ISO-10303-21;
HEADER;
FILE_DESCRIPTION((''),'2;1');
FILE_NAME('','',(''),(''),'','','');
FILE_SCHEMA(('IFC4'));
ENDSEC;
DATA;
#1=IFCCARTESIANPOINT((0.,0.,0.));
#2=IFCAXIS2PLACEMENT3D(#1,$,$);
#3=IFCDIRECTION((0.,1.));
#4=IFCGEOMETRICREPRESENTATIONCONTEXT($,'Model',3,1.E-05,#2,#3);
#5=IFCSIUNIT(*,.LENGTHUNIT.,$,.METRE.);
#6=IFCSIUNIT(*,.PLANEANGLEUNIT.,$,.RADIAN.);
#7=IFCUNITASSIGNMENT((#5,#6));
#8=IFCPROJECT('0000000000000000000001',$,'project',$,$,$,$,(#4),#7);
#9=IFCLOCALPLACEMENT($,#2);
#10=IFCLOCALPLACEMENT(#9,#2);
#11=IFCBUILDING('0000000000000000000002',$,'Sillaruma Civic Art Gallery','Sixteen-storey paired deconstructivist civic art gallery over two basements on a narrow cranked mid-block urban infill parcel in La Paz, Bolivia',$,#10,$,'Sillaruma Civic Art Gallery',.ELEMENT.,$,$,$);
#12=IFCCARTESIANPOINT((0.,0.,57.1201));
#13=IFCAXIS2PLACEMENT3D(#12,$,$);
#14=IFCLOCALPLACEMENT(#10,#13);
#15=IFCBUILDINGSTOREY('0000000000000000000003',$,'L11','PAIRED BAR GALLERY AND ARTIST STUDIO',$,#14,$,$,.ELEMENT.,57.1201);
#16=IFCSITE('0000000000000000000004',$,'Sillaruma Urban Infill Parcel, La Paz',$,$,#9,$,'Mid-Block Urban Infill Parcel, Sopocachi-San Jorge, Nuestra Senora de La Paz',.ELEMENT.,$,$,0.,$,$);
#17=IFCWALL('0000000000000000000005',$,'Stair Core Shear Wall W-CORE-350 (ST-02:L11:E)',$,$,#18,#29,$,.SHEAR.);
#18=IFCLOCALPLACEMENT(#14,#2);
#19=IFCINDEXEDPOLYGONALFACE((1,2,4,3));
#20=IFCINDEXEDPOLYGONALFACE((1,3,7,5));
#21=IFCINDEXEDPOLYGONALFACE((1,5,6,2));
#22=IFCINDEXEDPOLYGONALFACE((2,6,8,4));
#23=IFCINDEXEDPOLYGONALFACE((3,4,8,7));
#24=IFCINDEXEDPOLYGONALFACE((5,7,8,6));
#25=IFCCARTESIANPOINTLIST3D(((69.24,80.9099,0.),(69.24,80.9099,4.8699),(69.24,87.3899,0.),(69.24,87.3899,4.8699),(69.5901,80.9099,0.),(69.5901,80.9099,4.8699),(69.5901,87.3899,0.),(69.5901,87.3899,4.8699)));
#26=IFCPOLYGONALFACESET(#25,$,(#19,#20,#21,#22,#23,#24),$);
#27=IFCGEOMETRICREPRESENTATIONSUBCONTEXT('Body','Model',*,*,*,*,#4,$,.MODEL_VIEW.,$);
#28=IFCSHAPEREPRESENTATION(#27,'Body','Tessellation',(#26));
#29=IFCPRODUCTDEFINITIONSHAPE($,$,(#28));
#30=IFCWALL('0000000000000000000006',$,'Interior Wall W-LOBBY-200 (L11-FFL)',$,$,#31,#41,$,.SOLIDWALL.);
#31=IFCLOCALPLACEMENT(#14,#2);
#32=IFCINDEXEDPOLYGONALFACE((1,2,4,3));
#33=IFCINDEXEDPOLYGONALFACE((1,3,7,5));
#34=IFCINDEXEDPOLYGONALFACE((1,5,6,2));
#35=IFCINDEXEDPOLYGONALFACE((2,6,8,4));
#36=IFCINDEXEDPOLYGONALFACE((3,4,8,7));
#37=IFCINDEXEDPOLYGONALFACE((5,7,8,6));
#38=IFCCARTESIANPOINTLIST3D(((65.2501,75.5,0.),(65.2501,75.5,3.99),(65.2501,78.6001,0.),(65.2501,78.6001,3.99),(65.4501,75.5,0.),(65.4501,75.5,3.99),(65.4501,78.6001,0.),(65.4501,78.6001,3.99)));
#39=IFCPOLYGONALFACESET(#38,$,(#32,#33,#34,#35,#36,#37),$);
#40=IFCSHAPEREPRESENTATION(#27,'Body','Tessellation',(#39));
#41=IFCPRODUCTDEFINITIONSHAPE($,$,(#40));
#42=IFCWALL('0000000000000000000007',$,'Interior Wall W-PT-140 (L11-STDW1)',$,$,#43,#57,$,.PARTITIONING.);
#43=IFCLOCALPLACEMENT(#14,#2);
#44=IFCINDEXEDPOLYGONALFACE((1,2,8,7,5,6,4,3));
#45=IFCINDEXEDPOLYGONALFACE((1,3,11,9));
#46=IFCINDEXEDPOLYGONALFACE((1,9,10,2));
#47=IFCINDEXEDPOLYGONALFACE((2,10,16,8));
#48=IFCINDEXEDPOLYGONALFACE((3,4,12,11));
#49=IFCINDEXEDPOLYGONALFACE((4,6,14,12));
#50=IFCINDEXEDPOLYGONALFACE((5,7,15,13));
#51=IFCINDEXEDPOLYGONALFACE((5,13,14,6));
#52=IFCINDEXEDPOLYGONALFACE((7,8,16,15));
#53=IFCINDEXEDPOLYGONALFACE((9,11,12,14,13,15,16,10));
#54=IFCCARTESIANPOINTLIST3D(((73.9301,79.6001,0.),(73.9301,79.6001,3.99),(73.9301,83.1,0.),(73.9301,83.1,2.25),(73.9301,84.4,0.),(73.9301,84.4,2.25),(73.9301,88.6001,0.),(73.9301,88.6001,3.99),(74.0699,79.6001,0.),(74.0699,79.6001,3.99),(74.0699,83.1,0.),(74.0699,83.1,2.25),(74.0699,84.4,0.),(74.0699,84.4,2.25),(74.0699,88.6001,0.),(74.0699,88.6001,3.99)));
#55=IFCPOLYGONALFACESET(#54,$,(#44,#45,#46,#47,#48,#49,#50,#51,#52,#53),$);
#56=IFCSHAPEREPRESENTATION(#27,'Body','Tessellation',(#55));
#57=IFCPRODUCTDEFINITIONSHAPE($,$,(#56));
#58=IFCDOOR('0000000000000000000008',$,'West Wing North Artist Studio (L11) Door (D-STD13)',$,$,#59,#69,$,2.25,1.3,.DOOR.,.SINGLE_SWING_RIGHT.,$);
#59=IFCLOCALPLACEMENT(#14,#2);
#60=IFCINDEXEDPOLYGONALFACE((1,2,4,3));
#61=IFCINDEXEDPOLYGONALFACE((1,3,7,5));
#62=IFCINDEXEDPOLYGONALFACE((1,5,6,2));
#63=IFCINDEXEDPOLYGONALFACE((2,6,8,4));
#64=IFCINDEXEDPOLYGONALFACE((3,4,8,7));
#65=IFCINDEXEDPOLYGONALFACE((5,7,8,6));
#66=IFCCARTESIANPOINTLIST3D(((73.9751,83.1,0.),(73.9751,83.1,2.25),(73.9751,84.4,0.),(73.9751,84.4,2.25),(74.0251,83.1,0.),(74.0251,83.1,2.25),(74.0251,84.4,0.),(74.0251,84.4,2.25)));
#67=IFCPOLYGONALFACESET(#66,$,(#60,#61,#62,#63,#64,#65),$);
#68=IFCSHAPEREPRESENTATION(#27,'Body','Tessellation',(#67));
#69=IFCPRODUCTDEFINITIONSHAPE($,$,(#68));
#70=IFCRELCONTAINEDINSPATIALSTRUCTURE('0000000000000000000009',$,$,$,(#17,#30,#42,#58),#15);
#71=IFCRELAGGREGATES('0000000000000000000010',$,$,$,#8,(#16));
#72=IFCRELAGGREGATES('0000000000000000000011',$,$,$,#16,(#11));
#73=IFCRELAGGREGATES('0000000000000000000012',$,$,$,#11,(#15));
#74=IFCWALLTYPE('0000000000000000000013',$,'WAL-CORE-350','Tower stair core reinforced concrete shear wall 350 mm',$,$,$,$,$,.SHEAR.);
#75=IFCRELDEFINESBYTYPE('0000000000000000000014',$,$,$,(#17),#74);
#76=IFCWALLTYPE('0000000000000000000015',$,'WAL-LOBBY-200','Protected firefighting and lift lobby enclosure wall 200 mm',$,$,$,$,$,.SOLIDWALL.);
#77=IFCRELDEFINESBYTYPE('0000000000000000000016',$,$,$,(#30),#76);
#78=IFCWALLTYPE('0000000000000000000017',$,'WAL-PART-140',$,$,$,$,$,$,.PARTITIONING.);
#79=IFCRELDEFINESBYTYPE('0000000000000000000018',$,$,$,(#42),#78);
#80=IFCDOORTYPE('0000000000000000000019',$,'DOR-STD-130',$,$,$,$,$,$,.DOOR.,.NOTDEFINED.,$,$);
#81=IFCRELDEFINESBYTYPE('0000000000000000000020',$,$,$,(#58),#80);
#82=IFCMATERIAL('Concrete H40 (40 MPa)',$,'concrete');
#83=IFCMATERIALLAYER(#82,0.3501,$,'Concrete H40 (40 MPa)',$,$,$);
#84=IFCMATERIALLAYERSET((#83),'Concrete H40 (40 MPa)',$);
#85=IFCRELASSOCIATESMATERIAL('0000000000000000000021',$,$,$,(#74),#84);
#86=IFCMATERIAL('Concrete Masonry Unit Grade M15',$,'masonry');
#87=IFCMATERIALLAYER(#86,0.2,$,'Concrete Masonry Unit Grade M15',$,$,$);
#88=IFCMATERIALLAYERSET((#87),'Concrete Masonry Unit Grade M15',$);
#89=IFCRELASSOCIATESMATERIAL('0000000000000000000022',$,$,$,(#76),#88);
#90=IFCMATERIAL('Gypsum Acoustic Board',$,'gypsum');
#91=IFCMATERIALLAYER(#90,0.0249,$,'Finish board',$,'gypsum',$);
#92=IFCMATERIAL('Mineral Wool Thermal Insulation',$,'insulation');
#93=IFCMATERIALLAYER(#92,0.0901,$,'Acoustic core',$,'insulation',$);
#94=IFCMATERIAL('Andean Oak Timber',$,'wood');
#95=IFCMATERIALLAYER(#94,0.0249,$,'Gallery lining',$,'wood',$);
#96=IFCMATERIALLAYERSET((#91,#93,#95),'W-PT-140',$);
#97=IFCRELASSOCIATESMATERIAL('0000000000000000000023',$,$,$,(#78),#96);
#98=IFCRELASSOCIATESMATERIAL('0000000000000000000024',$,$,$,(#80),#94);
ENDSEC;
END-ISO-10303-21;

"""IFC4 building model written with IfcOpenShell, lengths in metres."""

from ifc_helpers import new_model, si_unit, direction, frame, frame_2d, origin, place, context, subcontext, project, spatial, rectangle, extrude, material, layer, layer_set, type_object, element, fill, save


model = new_model("IFC4")

# Units and contexts
model_context = context("Model", 3, precision=1e-05, world=origin(), true_north=direction((0.0, 1.0)))
body_context = subcontext(model_context, "Body", "Model", "MODEL_VIEW")
ifc_project = project(units=[si_unit("LENGTHUNIT", "METRE"), si_unit("PLANEANGLEUNIT", "RADIAN")], contexts=[model_context])

# Site, building, storey
site_placement = place(None, origin())
site = spatial("IfcSite", under=ifc_project, at=site_placement, Name="Sillaruma Urban Infill Parcel, La Paz", LongName="Mid-Block Urban Infill Parcel, Sopocachi-San Jorge, Nuestra Senora de La Paz", CompositionType="ELEMENT", RefElevation=0.0)
building_placement = place(site_placement, origin())
building = spatial("IfcBuilding", under=site, at=building_placement, Name="Sillaruma Civic Art Gallery", Description="Sixteen-storey paired deconstructivist civic art gallery over two basements on a narrow cranked mid-block urban infill parcel in La Paz, Bolivia", LongName="Sillaruma Civic Art Gallery", CompositionType="ELEMENT")
storey_placement = place(building_placement, frame((0.0, 0.0, 57.1201)))
storey = spatial("IfcBuildingStorey", under=building, at=storey_placement, Name="L11", Description="PAIRED BAR GALLERY AND ARTIST STUDIO", CompositionType="ELEMENT", Elevation=57.1201)

# Shared definitions
ifc_material_1 = material(Name="Concrete H40 (40 MPa)", Category="concrete")

# Walls
ifc_layer_1 = layer(ifc_material_1, 0.3501, Name="Concrete H40 (40 MPa)")
ifc_layer_set_1 = layer_set([ifc_layer_1], Name="Concrete H40 (40 MPa)")
wall_type_1 = type_object("IfcWallType", Name="WAL-CORE-350", Description="Tower stair core reinforced concrete shear wall 350 mm", PredefinedType="SHEAR", material=ifc_layer_set_1)
wall_1_placement = place(storey_placement, frame((69.415, 80.9099, 0.0), z_axis=(0.0, 0.0, 1.0), x_axis=(0.0, 1.0, 0.0)))
element("IfcWall", 1, at=wall_1_placement, inside=storey, type_object=wall_type_1, Name="Stair Core Shear Wall W-CORE-350 (ST-02:L11:E)", PredefinedType="SHEAR", context=body_context, shape_type="SweptSolid", body=[
    extrude(rectangle(XDim=6.48, YDim=0.3501, at=frame_2d((3.24, 0.0))), origin(), (0.0, 0.0, 1.0), 4.8699),
])
ifc_material_2 = material(Name="Concrete Masonry Unit Grade M15", Category="masonry")
ifc_layer_2 = layer(ifc_material_2, 0.2, Name="Concrete Masonry Unit Grade M15")
ifc_layer_set_2 = layer_set([ifc_layer_2], Name="Concrete Masonry Unit Grade M15")
wall_type_2 = type_object("IfcWallType", Name="WAL-LOBBY-200", Description="Protected firefighting and lift lobby enclosure wall 200 mm", PredefinedType="SOLIDWALL", material=ifc_layer_set_2)
wall_2_placement = place(storey_placement, frame((65.3501, 75.5, 0.0), z_axis=(0.0, 0.0, 1.0), x_axis=(0.0, 1.0, 0.0)))
element("IfcWall", 2, at=wall_2_placement, inside=storey, type_object=wall_type_2, Name="Interior Wall W-LOBBY-200 (L11-FFL)", PredefinedType="SOLIDWALL", context=body_context, shape_type="SweptSolid", body=[
    extrude(rectangle(XDim=3.1001, YDim=0.2, at=frame_2d((1.55, 0.0))), origin(), (0.0, 0.0, 1.0), 3.99),
])

# Wall, opening, door
ifc_material_3 = material(Name="Gypsum Acoustic Board", Category="gypsum")
ifc_layer_3 = layer(ifc_material_3, 0.0249, Name="Finish board", Category="gypsum")
ifc_material_4 = material(Name="Mineral Wool Thermal Insulation", Category="insulation")
ifc_layer_4 = layer(ifc_material_4, 0.0901, Name="Acoustic core", Category="insulation")
ifc_material_5 = material(Name="Andean Oak Timber", Category="wood")
ifc_layer_5 = layer(ifc_material_5, 0.0249, Name="Gallery lining", Category="wood")
ifc_layer_set_3 = layer_set([ifc_layer_3, ifc_layer_4, ifc_layer_5], Name="W-PT-140")
wall_type_3 = type_object("IfcWallType", Name="WAL-PART-140", PredefinedType="PARTITIONING", material=ifc_layer_set_3)
wall_3_placement = place(storey_placement, frame((74.0, 79.6001, 0.0), z_axis=(0.0, 0.0, 1.0), x_axis=(0.0, 1.0, 0.0)))
wall_3 = element("IfcWall", 3, at=wall_3_placement, inside=storey, type_object=wall_type_3, Name="Interior Wall W-PT-140 (L11-STDW1)", PredefinedType="PARTITIONING", context=body_context, shape_type="SweptSolid", body=[
    extrude(rectangle(XDim=9.0, YDim=0.1399, at=frame_2d((4.5, 0.0))), origin(), (0.0, 0.0, 1.0), 3.99),
])
opening_placement = place(wall_3_placement, frame((3.5, 0.0, 0.0)))
opening = element("IfcOpeningElement", 4, at=opening_placement, cuts=wall_3, PredefinedType="OPENING", context=body_context, shape_type="SweptSolid", body=[
    extrude(rectangle(XDim=1.3, YDim=2.25, at=frame_2d((0.6499, 1.125))), frame((0.0, 0.0798, 0.0), z_axis=(0.0, -1.0, 0.0), x_axis=(1.0, 0.0, 0.0)), (0.0, 0.0, 1.0), 0.1599),
])
door_type = type_object("IfcDoorType", Name="DOR-STD-130", OperationType="NOTDEFINED", PredefinedType="DOOR", material=ifc_material_5)
door_placement = place(opening_placement, origin())
door = element("IfcDoor", 5, at=door_placement, inside=storey, type_object=door_type, Name="West Wing North Artist Studio (L11) Door (D-STD13)", OperationType="SINGLE_SWING_RIGHT", OverallHeight=2.25, OverallWidth=1.3, PredefinedType="DOOR", context=body_context, shape_type="SweptSolid", body=[
    extrude(rectangle(XDim=1.3, YDim=2.25, at=frame_2d((0.6499, 1.125))), frame((0.0, 0.0249, 0.0), z_axis=(0.0, -1.0, 0.0), x_axis=(1.0, 0.0, 0.0)), (0.0, 0.0, 1.0), 0.05),
])
fill(opening, door)

save(model, "model.ifc")
